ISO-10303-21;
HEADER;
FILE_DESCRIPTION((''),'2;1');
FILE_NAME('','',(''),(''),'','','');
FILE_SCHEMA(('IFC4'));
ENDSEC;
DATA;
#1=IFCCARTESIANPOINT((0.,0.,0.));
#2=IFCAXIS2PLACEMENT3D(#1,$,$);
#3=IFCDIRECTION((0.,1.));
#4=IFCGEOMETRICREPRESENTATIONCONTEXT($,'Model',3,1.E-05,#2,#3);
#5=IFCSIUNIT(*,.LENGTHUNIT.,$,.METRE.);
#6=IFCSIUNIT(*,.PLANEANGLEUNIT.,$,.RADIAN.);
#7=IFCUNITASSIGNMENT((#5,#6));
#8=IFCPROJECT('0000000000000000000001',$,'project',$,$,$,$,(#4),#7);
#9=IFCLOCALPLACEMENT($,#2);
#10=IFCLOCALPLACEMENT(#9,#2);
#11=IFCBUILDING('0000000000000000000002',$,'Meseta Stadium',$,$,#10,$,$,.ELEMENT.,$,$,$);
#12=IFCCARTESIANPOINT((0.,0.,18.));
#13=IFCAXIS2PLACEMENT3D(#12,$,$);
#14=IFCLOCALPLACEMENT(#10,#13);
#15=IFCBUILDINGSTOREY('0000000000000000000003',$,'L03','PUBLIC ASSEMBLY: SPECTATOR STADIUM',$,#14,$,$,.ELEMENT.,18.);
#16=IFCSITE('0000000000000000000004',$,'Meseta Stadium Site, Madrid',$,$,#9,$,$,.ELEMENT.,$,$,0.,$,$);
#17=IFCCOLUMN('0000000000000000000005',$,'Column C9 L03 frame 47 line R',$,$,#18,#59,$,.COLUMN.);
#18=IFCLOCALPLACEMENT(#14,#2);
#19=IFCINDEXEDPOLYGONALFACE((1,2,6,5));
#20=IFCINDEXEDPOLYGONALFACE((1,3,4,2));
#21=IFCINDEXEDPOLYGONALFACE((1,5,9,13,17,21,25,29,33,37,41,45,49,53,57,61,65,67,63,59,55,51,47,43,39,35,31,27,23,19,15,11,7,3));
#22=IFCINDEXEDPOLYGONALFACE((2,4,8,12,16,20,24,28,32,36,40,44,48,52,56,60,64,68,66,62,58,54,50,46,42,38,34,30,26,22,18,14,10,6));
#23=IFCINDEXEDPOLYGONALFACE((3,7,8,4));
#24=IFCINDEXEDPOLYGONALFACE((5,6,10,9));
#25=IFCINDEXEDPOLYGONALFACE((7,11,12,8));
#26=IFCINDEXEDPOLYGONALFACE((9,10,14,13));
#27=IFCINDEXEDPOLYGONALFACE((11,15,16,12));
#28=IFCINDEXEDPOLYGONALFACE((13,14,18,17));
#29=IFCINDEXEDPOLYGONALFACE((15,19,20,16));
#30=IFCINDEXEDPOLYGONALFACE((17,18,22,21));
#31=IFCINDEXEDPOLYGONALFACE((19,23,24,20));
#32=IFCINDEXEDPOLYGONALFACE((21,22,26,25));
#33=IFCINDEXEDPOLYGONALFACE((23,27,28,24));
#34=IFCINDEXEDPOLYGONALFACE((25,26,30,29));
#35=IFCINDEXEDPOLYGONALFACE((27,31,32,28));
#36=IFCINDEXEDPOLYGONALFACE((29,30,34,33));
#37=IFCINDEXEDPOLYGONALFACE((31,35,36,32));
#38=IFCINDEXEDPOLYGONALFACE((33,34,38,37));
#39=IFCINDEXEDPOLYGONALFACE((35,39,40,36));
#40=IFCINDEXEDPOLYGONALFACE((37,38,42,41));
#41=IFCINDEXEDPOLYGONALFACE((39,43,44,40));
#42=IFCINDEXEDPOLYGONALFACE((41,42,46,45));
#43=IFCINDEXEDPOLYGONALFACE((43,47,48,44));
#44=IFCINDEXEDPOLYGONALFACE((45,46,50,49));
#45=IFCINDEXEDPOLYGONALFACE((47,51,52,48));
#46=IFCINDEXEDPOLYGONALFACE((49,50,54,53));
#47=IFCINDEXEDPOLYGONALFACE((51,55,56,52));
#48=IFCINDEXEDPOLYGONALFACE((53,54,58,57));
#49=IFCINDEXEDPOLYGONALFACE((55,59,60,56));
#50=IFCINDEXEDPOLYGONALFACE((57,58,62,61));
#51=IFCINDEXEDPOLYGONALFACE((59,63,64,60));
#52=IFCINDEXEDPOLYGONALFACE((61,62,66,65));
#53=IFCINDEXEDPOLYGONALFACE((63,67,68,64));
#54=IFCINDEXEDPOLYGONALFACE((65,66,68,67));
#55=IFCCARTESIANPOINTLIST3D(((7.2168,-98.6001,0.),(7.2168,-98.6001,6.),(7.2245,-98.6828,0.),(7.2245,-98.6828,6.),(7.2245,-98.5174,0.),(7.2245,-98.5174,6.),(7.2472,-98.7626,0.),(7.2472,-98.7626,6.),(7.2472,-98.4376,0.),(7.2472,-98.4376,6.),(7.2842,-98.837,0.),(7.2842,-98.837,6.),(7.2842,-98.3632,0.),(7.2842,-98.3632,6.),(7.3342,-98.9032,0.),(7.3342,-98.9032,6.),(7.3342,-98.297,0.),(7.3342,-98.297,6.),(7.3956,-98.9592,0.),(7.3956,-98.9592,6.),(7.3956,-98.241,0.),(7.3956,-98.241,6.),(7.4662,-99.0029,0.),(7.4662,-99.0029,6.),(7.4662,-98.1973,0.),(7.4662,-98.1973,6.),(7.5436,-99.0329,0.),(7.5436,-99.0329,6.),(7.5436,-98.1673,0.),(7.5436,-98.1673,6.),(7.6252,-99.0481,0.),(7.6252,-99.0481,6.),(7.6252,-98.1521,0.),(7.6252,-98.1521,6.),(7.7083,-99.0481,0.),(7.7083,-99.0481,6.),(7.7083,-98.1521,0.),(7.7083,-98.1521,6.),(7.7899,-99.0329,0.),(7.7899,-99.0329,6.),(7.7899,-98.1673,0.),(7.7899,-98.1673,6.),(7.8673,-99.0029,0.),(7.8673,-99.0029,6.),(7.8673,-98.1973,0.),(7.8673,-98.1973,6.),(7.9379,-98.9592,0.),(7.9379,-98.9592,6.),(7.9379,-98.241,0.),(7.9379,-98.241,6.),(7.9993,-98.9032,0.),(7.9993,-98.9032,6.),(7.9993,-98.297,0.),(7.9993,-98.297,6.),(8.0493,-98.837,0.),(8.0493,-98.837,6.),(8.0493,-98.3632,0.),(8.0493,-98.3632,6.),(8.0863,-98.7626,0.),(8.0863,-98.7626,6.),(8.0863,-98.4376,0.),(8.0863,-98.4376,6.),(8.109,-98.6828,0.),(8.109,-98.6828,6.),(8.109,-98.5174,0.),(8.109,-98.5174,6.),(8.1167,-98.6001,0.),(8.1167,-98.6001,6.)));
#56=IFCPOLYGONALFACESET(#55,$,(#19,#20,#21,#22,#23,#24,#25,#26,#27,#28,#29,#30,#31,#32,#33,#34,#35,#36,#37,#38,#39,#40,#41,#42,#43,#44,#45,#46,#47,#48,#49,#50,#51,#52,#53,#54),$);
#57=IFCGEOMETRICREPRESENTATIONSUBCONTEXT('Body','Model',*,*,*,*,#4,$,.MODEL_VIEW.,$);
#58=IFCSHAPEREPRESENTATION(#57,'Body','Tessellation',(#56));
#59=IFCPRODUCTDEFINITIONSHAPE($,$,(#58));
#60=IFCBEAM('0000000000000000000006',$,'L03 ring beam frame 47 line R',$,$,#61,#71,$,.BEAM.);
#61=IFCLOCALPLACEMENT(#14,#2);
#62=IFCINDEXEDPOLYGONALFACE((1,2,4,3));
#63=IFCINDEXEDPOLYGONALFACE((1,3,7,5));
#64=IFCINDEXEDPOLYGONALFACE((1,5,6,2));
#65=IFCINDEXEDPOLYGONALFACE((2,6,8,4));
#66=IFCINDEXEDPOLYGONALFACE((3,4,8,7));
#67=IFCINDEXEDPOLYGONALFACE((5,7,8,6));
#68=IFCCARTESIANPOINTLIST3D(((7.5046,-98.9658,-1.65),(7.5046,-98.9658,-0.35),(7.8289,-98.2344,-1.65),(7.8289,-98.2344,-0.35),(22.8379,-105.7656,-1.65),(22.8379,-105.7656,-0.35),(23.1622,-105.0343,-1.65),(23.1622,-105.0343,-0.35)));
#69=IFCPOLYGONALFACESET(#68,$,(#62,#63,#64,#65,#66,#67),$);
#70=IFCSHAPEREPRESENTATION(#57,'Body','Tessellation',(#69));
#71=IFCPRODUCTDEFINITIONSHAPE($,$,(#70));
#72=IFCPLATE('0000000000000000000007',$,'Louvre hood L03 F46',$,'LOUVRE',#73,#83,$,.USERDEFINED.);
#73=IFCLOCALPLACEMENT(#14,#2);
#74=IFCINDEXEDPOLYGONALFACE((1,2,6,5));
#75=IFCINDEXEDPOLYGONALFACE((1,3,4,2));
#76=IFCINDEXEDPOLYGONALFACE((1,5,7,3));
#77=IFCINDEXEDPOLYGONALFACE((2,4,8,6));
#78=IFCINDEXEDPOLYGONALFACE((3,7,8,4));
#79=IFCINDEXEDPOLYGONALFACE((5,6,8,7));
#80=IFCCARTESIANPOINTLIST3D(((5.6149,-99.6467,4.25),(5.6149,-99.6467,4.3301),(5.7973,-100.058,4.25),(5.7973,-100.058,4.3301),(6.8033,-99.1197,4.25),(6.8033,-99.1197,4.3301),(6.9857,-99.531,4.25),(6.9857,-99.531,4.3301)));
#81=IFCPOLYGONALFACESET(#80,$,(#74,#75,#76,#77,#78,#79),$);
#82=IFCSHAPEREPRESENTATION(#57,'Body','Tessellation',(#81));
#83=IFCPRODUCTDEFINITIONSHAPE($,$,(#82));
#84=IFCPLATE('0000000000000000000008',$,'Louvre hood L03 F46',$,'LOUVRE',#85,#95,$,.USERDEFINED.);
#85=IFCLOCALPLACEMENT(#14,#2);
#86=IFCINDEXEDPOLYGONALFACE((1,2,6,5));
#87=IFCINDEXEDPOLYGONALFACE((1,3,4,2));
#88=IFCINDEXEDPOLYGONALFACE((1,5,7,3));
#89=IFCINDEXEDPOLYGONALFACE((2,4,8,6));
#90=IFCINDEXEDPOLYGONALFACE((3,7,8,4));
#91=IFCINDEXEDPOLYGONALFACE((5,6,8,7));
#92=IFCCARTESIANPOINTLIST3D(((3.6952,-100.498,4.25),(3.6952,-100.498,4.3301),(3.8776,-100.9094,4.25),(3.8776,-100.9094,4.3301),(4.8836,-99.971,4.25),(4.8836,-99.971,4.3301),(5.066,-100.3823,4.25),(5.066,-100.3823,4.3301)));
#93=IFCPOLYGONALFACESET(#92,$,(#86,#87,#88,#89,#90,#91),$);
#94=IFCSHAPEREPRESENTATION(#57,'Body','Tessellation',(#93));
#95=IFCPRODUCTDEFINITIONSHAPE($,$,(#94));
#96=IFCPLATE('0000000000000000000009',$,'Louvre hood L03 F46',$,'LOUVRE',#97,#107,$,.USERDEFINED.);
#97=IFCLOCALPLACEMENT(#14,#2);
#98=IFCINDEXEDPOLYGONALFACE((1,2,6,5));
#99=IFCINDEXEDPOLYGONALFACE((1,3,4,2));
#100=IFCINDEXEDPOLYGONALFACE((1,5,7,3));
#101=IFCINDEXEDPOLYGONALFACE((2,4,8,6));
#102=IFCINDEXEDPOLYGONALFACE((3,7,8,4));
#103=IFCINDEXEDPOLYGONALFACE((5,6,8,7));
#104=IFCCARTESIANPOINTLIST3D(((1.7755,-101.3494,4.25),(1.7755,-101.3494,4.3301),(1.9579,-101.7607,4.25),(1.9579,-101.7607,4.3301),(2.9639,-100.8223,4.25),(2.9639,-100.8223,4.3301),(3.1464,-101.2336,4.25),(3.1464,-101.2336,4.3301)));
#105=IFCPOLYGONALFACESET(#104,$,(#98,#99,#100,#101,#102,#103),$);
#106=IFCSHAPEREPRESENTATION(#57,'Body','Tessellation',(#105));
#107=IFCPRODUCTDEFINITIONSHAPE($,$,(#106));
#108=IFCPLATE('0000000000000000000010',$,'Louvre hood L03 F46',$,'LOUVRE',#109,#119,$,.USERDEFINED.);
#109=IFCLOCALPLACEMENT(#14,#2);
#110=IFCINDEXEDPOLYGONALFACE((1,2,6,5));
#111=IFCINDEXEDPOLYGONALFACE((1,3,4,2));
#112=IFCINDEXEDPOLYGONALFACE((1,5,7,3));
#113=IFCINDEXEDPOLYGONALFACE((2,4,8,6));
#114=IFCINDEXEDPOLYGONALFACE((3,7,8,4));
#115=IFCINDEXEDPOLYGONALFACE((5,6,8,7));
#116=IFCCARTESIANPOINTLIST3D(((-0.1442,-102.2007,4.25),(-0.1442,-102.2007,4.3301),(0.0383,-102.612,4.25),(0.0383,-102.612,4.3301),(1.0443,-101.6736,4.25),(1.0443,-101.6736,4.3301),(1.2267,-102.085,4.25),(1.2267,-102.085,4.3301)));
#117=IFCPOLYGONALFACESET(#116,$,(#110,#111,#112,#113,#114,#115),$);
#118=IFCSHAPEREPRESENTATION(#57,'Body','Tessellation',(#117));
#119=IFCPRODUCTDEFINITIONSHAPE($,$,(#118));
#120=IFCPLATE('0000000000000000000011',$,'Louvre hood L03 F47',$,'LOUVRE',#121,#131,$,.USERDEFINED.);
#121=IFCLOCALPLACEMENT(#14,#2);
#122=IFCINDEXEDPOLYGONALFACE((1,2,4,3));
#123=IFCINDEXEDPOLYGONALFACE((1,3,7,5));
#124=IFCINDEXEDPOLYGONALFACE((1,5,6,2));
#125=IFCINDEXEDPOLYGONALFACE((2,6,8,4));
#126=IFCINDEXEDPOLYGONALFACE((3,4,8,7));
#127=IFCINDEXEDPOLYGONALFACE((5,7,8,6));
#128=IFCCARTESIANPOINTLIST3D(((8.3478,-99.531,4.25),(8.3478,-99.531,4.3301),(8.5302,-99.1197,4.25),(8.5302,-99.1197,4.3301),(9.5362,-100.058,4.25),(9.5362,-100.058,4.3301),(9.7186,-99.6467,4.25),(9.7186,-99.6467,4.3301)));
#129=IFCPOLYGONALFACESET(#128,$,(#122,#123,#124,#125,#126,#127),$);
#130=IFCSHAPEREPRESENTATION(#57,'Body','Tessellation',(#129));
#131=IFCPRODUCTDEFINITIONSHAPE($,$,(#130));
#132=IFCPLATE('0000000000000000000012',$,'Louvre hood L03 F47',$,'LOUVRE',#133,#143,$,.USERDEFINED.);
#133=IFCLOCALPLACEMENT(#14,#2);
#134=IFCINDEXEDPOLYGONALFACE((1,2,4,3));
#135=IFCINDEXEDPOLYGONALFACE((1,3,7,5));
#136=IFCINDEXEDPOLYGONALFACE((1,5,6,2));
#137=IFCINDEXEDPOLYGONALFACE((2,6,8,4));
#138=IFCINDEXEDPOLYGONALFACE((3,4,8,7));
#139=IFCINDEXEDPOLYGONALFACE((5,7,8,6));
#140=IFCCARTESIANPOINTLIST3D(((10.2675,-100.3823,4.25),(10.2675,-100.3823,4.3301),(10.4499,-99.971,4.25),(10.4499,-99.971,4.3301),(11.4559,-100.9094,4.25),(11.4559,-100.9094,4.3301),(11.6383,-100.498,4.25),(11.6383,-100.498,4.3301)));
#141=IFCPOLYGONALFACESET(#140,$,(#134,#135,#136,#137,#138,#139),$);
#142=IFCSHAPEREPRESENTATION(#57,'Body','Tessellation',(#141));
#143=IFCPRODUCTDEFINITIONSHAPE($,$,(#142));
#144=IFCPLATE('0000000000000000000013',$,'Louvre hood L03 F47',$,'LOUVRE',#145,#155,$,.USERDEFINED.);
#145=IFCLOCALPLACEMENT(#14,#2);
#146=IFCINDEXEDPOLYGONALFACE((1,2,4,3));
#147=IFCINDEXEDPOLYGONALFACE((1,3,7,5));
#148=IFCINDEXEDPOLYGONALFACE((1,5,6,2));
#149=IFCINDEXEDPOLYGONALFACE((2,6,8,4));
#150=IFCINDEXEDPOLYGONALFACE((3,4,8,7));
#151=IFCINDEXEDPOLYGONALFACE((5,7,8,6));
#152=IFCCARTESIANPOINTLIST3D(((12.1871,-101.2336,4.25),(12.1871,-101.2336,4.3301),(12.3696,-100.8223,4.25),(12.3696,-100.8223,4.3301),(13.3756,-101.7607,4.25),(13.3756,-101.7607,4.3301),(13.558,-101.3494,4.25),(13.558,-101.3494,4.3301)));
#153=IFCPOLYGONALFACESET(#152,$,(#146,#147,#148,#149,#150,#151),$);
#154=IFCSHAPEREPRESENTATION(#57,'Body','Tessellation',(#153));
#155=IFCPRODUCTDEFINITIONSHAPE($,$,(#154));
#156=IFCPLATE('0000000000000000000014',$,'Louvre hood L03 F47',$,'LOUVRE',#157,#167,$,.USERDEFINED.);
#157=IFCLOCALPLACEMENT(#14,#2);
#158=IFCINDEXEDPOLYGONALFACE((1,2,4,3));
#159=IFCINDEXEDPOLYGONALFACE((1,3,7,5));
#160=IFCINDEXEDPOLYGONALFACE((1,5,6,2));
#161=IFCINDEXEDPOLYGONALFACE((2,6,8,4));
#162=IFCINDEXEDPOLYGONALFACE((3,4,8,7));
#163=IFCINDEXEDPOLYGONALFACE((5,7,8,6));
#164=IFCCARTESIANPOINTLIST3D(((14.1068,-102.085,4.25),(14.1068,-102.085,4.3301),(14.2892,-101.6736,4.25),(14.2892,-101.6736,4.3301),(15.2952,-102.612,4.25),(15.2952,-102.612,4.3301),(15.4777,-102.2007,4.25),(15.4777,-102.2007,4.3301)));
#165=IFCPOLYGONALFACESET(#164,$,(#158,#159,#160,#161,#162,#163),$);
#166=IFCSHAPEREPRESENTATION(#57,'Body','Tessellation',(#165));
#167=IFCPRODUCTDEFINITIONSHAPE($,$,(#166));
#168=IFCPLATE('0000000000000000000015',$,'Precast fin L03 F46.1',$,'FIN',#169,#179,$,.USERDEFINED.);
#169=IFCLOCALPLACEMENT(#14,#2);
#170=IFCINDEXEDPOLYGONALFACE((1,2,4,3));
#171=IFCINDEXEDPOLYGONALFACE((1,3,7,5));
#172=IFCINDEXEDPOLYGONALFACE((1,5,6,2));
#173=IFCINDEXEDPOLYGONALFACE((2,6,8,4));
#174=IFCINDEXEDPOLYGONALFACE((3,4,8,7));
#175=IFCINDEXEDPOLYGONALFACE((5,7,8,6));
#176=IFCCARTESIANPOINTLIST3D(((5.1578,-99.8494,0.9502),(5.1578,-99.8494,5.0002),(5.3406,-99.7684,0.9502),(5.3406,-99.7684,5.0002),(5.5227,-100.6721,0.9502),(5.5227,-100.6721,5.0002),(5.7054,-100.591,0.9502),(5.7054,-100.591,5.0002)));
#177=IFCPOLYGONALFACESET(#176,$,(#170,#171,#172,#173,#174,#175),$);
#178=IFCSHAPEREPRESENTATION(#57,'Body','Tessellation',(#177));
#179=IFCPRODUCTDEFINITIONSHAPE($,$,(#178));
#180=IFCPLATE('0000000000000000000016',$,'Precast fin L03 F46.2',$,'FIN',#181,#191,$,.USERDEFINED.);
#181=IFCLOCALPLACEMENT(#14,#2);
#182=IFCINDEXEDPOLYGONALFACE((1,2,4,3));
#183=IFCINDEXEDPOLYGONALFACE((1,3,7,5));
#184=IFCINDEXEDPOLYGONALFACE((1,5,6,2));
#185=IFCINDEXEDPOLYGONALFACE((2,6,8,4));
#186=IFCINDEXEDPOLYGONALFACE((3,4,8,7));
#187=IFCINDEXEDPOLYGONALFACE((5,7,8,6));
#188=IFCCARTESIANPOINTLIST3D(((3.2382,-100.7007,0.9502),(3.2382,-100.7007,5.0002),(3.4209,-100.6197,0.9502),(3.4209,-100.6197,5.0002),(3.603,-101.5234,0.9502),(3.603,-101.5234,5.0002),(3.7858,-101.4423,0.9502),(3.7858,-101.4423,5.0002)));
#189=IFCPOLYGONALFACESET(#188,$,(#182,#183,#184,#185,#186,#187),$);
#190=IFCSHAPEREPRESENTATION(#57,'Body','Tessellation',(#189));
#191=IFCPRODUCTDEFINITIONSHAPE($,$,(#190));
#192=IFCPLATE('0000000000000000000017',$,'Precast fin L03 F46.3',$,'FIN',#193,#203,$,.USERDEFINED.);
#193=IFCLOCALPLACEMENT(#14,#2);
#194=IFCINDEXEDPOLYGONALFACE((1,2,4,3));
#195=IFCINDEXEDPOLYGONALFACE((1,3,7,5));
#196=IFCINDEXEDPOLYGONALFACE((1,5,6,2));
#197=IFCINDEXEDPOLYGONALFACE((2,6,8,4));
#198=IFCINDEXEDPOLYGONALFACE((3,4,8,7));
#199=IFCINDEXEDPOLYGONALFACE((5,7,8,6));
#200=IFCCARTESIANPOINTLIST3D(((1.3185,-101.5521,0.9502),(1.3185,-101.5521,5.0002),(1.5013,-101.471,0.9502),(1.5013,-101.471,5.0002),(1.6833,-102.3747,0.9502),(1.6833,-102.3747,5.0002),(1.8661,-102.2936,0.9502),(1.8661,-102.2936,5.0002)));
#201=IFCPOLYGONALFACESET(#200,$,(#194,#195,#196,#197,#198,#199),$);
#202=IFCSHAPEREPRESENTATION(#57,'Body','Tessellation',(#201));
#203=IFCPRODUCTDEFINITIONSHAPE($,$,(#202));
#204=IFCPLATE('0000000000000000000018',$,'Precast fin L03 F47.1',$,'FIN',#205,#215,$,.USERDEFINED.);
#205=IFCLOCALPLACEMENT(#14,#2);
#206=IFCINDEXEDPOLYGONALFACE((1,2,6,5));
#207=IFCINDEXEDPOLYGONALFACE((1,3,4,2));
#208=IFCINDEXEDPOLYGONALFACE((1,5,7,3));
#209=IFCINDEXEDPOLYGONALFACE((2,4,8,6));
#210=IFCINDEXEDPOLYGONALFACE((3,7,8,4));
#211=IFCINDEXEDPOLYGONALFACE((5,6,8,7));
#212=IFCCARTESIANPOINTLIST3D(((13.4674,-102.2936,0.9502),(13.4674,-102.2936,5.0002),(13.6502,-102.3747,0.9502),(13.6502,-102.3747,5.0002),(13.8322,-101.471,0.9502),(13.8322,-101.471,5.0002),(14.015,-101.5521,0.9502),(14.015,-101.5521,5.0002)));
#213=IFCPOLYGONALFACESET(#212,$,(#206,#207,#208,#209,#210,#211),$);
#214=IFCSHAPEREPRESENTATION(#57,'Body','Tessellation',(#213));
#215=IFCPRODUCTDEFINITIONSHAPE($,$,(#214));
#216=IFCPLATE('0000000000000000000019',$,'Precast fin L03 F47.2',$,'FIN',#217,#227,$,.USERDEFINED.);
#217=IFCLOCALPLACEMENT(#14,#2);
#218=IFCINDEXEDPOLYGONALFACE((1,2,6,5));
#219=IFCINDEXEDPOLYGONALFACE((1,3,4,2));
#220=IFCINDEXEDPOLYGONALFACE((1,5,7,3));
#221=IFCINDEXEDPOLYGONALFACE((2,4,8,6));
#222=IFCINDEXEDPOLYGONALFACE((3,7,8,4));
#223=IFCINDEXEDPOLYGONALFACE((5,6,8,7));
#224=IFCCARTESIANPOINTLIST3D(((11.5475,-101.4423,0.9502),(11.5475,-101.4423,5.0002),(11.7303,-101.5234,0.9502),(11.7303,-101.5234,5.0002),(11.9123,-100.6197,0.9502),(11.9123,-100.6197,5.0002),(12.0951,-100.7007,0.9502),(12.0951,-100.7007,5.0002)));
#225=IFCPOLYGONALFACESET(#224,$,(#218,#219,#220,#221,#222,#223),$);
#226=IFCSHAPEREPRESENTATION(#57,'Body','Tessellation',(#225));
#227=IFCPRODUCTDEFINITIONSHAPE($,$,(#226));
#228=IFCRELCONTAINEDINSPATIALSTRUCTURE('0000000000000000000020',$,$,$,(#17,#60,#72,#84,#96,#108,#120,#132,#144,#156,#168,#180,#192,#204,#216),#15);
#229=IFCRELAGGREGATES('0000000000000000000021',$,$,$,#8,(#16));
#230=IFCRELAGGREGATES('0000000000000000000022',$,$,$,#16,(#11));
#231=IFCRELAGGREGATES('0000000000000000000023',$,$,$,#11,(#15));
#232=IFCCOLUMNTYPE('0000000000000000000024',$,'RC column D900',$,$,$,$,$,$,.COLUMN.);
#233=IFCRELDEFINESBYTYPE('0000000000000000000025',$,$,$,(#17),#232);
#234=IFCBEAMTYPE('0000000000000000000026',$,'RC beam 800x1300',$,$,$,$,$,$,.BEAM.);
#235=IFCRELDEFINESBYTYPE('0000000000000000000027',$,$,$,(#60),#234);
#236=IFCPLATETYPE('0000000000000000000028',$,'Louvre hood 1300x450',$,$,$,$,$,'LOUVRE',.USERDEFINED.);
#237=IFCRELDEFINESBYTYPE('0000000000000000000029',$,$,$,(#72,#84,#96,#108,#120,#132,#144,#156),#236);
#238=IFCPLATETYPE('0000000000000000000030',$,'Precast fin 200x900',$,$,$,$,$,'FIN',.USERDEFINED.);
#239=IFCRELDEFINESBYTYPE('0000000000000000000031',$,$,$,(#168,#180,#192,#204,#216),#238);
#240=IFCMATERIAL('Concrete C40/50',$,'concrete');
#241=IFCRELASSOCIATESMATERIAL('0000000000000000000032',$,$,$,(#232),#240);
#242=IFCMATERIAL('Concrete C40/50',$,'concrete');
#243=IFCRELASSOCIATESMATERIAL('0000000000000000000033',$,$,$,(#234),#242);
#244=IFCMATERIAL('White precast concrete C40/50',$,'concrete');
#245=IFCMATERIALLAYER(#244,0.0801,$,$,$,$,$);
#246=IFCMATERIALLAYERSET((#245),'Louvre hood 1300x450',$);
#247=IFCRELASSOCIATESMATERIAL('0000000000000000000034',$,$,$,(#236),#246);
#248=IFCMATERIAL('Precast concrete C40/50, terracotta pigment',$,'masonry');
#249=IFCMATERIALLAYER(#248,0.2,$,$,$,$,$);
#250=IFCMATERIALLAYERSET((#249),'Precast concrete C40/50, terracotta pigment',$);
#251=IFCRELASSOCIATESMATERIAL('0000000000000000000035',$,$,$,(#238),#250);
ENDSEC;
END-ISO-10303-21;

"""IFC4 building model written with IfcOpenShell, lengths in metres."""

from ifc_helpers import new_model, si_unit, direction, frame, origin, origin_2d, place, context, subcontext, project, spatial, rectangle, circle, extrude, material, layer, layer_set, material_profile, profile_set, type_object, element, save


model = new_model("IFC4")

# Units and contexts
model_context = context("Model", 3, precision=1e-05, world=origin(), true_north=direction((0.0, 1.0)))
body_context = subcontext(model_context, "Body", "Model", "MODEL_VIEW")
ifc_project = project(units=[si_unit("LENGTHUNIT", "METRE"), si_unit("PLANEANGLEUNIT", "RADIAN")], contexts=[model_context])

# Site, building, storey
site_placement = place(None, origin())
site = spatial("IfcSite", under=ifc_project, at=site_placement, Name="Meseta Stadium Site, Madrid", CompositionType="ELEMENT", RefElevation=0.0)
building_placement = place(site_placement, origin())
building = spatial("IfcBuilding", under=site, at=building_placement, Name="Meseta Stadium", CompositionType="ELEMENT")
storey_placement = place(building_placement, frame((0.0, 0.0, 18.0)))
storey = spatial("IfcBuildingStorey", under=building, at=storey_placement, Name="L03", Description="PUBLIC ASSEMBLY: SPECTATOR STADIUM", CompositionType="ELEMENT", Elevation=18.0)

# Column
ifc_material_1 = material(Name="Concrete C40/50", Category="concrete")
ifc_material_profile_1 = material_profile(ifc_material_1, circle(Radius=0.45, at=origin_2d()), Name="RC D900")
ifc_profile_set_1 = profile_set([ifc_material_profile_1], Name="Concrete C40/50")
column_type = type_object("IfcColumnType", Name="RC column D900", PredefinedType="COLUMN", material=ifc_profile_set_1)
column_placement = place(storey_placement, frame((7.6667, -98.6001, 0.0), z_axis=(0.0, 0.0, 1.0), x_axis=(1.0, 0.0, 0.0)))
element("IfcColumn", 1, at=column_placement, inside=storey, type_object=column_type, Name="Column C9 L03 frame 47 line R", PredefinedType="COLUMN", context=body_context, shape_type="SweptSolid", body=[
    extrude(circle(Radius=0.45, at=origin_2d()), origin(), (0.0, 0.0, 1.0), 6.0),
])

# Beam
ifc_material_2 = material(Name="Concrete C40/50", Category="concrete")
ifc_material_profile_2 = material_profile(ifc_material_2, rectangle(XDim=0.8, YDim=1.3, at=origin_2d()), Name="RC 800x1300")
ifc_profile_set_2 = profile_set([ifc_material_profile_2], Name="Concrete C40/50")
beam_type = type_object("IfcBeamType", Name="RC beam 800x1300", PredefinedType="BEAM", material=ifc_profile_set_2)
beam_placement = place(storey_placement, frame((7.6667, -98.6001, -1.0), z_axis=(0.914143, -0.405393, 0.0), x_axis=(0.405393, 0.914143, 0.0)))
element("IfcBeam", 2, at=beam_placement, inside=storey, type_object=beam_type, Name="L03 ring beam frame 47 line R", PredefinedType="BEAM", context=body_context, shape_type="SweptSolid", body=[
    extrude(rectangle(XDim=0.8, YDim=1.3, at=origin_2d()), origin(), (0.0, 0.0, 1.0), 16.7734),
])

# Plates
ifc_material_3 = material(Name="White precast concrete C40/50", Category="concrete")
ifc_layer_1 = layer(ifc_material_3, 0.0801)
ifc_layer_set_1 = layer_set([ifc_layer_1], Name="Louvre hood 1300x450")
plate_type_1 = type_object("IfcPlateType", Name="Louvre hood 1300x450", ElementType="LOUVRE", PredefinedType="USERDEFINED", material=ifc_layer_set_1)
for number, where, z_axis, x_axis, name in (
    (3, (6.3003, -99.5889, 4.25), (0.0, 0.0, 1.0), (0.914139, 0.405401, 0.0), "Louvre hood L03 F46"),
    (4, (4.3806, -100.4402, 4.25), (0.0, 0.0, 1.0), (0.914139, 0.405401, 0.0), "Louvre hood L03 F46"),
    (5, (2.4609, -101.2915, 4.25), (0.0, 0.0, 1.0), (0.914139, 0.405401, 0.0), "Louvre hood L03 F46"),
    (6, (0.5413, -102.1428, 4.25), (0.0, 0.0, 1.0), (0.914139, 0.405401, 0.0), "Louvre hood L03 F46"),
    (7, (9.0332, -99.5889, 4.25), (0.0, 0.0, 1.0), (0.914139, -0.405401, 0.0), "Louvre hood L03 F47"),
    (8, (10.9529, -100.4402, 4.25), (0.0, 0.0, 1.0), (0.914139, -0.405401, 0.0), "Louvre hood L03 F47"),
    (9, (12.8726, -101.2915, 4.25), (0.0, 0.0, 1.0), (0.914139, -0.405401, 0.0), "Louvre hood L03 F47"),
    (10, (14.7922, -102.1428, 4.25), (0.0, 0.0, 1.0), (0.914139, -0.405401, 0.0), "Louvre hood L03 F47"),
):
    element("IfcPlate", number, at=place(storey_placement, frame(where, z_axis=z_axis, x_axis=x_axis)), inside=storey, type_object=plate_type_1, Name=name, ObjectType="LOUVRE", PredefinedType="USERDEFINED", context=body_context, shape_type="SweptSolid", body=[
        extrude(rectangle(XDim=1.3, YDim=0.45, at=origin_2d()), origin(), (0.0, 0.0, 1.0), 0.0801),
    ])
ifc_material_4 = material(Name="Precast concrete C40/50, terracotta pigment", Category="masonry")
ifc_layer_2 = layer(ifc_material_4, 0.2)
ifc_layer_set_2 = layer_set([ifc_layer_2], Name="Precast concrete C40/50, terracotta pigment")
plate_type_2 = type_object("IfcPlateType", Name="Precast fin 200x900", ElementType="FIN", PredefinedType="USERDEFINED", material=ifc_layer_set_2)
for number, where, z_axis, x_axis, name in (
    (11, (5.4316, -100.2202, 0.9502), (0.0, 0.0, 1.0), (-0.914139, -0.4054, 0.0), "Precast fin L03 F46.1"),
    (12, (3.512, -101.0715, 0.9502), (0.0, 0.0, 1.0), (-0.914139, -0.4054, 0.0), "Precast fin L03 F46.2"),
    (13, (1.5923, -101.9229, 0.9502), (0.0, 0.0, 1.0), (-0.914139, -0.4054, 0.0), "Precast fin L03 F46.3"),
    (14, (13.7412, -101.9229, 0.9502), (0.0, 0.0, 1.0), (-0.914139, 0.4054, 0.0), "Precast fin L03 F47.1"),
    (15, (11.8213, -101.0715, 0.9502), (0.0, 0.0, 1.0), (-0.914139, 0.4054, 0.0), "Precast fin L03 F47.2"),
):
    element("IfcPlate", number, at=place(storey_placement, frame(where, z_axis=z_axis, x_axis=x_axis)), inside=storey, type_object=plate_type_2, Name=name, ObjectType="FIN", PredefinedType="USERDEFINED", context=body_context, shape_type="SweptSolid", body=[
        extrude(rectangle(XDim=0.2, YDim=0.8999, at=origin_2d()), origin(), (0.0, 0.0, 1.0), 4.05),
    ])

save(model, "model.ifc")
